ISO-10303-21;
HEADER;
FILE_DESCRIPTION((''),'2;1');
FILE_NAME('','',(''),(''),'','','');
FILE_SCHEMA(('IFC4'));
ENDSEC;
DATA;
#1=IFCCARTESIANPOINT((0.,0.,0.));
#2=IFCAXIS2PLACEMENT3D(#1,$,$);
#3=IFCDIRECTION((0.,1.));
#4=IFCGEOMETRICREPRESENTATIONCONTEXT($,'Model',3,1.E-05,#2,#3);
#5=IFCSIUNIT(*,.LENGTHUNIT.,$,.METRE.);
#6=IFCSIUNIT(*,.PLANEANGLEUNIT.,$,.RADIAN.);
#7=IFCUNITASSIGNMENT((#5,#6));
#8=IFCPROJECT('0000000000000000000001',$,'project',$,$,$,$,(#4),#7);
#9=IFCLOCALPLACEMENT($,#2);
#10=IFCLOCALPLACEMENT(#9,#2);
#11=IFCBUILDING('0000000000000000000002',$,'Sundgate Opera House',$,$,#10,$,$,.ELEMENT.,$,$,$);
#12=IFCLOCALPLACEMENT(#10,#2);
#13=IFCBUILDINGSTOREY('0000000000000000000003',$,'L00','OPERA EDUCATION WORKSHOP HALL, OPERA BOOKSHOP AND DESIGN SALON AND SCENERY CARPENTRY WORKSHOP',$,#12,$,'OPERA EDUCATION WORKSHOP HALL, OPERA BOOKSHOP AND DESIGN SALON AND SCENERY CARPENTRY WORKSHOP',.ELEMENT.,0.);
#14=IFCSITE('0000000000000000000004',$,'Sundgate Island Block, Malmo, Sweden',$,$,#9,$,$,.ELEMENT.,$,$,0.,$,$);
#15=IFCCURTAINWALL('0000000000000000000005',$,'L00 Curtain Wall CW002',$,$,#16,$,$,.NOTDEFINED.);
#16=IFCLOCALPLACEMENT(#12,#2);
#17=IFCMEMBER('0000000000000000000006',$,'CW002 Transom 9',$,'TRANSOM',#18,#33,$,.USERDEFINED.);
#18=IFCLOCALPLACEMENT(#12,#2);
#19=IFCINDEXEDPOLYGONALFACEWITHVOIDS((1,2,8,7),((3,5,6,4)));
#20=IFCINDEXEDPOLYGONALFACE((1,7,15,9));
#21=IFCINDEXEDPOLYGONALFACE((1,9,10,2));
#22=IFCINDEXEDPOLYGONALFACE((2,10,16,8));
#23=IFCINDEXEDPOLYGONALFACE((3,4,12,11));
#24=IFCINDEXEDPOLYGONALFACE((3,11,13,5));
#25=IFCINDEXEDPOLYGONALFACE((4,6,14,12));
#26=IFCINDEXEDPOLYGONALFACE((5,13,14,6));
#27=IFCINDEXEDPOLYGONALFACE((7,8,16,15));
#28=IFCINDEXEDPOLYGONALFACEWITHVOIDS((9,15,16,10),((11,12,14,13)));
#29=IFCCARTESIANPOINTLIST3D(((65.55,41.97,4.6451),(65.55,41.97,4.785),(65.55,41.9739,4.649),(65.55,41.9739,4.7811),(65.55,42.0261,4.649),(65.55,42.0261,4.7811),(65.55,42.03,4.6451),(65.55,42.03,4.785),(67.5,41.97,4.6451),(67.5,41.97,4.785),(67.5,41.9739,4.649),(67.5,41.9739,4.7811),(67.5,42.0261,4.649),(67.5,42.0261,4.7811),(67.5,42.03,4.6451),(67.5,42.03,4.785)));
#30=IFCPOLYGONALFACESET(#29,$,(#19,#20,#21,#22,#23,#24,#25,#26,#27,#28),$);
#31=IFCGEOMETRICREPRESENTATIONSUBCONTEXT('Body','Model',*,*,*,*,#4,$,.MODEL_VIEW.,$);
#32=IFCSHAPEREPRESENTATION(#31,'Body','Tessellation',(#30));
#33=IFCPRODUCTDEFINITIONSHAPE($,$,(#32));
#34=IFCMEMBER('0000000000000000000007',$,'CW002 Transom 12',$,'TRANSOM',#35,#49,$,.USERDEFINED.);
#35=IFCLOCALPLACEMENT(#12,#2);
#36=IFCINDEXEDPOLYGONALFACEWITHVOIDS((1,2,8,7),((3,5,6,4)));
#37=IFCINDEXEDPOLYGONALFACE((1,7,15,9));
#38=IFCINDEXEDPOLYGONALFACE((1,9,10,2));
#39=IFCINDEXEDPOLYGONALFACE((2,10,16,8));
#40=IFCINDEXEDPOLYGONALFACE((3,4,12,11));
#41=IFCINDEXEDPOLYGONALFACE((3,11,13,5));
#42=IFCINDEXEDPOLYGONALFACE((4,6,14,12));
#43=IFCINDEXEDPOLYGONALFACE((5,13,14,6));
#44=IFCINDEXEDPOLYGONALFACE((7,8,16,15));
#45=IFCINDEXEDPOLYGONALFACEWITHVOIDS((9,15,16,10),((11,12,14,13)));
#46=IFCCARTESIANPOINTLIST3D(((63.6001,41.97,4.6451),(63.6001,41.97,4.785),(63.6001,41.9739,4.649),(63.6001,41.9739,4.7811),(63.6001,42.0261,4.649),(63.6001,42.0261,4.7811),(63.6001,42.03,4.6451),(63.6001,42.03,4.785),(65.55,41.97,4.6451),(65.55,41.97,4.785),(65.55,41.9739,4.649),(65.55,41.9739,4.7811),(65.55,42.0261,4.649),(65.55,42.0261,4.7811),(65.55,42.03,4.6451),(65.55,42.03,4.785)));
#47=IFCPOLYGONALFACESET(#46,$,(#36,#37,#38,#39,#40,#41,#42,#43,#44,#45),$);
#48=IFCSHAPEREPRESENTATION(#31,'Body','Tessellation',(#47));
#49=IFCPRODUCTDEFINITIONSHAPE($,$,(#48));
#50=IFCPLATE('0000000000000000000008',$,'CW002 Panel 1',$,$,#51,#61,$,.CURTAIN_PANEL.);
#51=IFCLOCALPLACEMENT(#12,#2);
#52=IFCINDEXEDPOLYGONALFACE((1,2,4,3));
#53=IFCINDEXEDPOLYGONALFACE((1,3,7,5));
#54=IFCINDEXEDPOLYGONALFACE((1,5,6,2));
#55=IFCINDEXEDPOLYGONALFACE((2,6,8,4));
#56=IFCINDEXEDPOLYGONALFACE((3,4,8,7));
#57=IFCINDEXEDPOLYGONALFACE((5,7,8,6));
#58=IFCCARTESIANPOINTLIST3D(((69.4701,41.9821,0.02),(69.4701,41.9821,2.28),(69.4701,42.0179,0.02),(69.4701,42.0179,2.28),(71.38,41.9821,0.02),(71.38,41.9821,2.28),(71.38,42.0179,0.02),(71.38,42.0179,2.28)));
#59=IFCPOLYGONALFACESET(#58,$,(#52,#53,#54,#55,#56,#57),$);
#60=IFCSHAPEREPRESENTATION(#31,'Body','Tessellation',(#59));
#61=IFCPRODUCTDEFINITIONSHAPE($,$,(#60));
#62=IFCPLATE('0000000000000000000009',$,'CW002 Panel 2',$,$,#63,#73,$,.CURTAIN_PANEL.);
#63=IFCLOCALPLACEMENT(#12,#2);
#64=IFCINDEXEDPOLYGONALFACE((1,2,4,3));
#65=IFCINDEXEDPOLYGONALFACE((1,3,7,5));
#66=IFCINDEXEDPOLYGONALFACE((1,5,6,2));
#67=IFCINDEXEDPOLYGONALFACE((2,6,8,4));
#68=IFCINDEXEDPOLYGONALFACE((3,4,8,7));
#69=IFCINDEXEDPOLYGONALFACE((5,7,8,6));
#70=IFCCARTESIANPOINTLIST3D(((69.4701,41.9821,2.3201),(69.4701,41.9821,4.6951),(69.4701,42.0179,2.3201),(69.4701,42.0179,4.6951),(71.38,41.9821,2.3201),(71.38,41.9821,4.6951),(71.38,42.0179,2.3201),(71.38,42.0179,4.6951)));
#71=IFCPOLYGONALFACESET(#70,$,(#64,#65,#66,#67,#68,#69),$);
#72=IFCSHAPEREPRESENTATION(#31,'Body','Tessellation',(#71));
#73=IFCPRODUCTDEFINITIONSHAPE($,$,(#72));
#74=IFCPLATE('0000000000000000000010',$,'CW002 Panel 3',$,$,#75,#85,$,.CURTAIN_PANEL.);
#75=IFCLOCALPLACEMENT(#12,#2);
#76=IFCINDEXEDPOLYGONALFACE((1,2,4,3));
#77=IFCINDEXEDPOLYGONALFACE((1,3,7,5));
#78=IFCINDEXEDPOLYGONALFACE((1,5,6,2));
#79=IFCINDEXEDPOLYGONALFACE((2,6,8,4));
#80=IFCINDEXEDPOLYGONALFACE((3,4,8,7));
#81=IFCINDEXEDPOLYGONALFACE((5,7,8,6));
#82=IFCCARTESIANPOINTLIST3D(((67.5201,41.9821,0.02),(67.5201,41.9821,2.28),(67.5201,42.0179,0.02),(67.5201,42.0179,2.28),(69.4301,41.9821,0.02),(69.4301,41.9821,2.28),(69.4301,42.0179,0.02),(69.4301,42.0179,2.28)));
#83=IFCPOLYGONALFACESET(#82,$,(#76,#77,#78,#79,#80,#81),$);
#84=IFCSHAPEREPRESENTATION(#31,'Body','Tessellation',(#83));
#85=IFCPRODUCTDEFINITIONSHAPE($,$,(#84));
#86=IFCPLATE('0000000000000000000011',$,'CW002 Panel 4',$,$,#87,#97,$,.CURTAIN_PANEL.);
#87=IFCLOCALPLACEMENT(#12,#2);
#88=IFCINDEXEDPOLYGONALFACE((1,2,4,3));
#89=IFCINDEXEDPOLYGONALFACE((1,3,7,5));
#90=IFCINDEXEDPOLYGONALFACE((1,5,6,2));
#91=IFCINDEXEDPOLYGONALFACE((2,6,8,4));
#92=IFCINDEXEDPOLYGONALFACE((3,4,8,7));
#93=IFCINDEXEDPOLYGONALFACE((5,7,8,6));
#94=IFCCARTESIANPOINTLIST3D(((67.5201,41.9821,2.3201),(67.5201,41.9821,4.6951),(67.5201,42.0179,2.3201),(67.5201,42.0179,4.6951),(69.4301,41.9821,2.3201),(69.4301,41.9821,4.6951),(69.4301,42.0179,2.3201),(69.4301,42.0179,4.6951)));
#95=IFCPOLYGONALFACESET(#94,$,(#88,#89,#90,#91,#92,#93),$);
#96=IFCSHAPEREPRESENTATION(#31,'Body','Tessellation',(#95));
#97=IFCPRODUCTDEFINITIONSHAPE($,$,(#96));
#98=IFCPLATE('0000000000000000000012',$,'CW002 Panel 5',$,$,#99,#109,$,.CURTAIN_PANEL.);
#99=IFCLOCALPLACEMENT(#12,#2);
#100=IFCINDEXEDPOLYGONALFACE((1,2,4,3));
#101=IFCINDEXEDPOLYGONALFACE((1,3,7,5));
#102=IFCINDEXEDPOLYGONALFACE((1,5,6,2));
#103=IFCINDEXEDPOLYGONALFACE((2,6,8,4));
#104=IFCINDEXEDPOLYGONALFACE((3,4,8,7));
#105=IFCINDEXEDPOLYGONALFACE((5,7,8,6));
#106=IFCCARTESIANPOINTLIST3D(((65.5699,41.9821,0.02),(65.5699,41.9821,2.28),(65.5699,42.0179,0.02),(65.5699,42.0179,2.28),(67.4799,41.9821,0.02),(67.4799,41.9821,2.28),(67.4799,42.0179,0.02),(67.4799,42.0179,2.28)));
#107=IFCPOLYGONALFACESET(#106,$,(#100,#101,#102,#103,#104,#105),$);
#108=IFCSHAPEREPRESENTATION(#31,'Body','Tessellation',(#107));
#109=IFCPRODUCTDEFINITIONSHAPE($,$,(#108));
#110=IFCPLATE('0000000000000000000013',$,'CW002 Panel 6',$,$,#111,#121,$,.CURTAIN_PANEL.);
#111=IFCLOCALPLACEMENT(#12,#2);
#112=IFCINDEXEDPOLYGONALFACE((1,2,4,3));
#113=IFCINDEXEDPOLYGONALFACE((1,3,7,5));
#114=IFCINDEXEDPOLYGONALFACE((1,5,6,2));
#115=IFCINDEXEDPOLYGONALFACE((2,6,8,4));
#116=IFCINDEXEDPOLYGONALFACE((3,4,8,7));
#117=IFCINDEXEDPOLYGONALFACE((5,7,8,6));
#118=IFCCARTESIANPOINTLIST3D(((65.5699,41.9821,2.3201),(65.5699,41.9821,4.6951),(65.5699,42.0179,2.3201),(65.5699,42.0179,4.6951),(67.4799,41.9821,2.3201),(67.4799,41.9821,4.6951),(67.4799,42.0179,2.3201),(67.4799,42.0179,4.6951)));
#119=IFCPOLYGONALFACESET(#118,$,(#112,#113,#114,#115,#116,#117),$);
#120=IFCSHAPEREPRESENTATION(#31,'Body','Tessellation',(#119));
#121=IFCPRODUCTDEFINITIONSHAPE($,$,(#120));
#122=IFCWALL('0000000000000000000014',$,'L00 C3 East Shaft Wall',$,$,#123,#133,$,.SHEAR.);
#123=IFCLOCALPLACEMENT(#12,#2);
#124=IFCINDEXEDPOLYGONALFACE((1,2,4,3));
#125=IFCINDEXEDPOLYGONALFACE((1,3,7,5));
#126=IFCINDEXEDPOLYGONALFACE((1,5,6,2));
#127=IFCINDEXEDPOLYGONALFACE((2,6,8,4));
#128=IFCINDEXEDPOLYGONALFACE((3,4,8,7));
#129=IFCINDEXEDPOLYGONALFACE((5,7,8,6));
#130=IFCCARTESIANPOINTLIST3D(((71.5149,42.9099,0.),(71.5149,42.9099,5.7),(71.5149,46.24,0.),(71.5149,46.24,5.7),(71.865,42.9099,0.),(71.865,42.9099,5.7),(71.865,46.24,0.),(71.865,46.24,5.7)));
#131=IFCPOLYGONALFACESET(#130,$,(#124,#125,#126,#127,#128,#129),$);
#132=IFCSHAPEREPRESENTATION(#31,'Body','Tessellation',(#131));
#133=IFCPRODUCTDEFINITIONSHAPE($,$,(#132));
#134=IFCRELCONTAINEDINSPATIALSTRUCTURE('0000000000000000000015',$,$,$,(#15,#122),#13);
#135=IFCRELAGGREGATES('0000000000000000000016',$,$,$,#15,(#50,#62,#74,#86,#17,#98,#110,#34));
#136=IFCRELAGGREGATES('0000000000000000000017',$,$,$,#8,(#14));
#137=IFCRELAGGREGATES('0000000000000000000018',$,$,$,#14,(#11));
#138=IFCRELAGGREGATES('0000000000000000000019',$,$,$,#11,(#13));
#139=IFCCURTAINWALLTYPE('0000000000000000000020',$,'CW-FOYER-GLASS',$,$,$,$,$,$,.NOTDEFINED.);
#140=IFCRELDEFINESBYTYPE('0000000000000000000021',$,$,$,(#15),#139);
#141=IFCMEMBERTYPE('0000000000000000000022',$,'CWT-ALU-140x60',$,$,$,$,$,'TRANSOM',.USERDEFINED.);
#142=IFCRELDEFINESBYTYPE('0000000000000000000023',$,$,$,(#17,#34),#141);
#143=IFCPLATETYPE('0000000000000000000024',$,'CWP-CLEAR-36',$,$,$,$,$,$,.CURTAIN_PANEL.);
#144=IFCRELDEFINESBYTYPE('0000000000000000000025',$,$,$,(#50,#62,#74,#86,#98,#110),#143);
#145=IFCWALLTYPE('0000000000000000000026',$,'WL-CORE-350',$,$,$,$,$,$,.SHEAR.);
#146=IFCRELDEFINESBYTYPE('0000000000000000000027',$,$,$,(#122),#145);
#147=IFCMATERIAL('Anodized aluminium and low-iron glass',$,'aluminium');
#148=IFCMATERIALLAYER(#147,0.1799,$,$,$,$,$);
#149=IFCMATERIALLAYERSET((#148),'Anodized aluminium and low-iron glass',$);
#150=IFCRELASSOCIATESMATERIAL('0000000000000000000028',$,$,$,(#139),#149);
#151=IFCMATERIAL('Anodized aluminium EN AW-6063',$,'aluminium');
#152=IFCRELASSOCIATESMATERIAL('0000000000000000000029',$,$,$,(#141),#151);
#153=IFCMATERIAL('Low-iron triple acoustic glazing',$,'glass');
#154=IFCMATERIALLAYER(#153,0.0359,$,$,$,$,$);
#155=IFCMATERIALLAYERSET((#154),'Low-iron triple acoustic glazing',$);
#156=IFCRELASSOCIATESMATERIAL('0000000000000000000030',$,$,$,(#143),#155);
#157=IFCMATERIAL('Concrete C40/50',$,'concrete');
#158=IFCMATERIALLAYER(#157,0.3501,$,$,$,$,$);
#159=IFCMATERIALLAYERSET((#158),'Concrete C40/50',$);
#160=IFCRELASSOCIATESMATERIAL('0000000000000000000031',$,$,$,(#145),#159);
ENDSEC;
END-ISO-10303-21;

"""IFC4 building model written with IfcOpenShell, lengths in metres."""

from ifc_helpers import new_model, si_unit, direction, frame, frame_2d, origin, origin_2d, place, context, subcontext, project, spatial, rectangle, hollow_rectangle, extrude, material, layer, layer_set, material_profile, profile_set, type_object, element, aggregate, save


model = new_model("IFC4")

# Units and contexts
model_context = context("Model", 3, precision=1e-05, world=origin(), true_north=direction((0.0, 1.0)))
body_context = subcontext(model_context, "Body", "Model", "MODEL_VIEW")
ifc_project = project(units=[si_unit("LENGTHUNIT", "METRE"), si_unit("PLANEANGLEUNIT", "RADIAN")], contexts=[model_context])

# Site, building, storey
site_placement = place(None, origin())
site = spatial("IfcSite", under=ifc_project, at=site_placement, Name="Sundgate Island Block, Malmo, Sweden", CompositionType="ELEMENT", RefElevation=0.0)
building_placement = place(site_placement, origin())
building = spatial("IfcBuilding", under=site, at=building_placement, Name="Sundgate Opera House", CompositionType="ELEMENT")
storey_placement = place(building_placement, origin())
storey = spatial("IfcBuildingStorey", under=building, at=storey_placement, Name="L00", Description="OPERA EDUCATION WORKSHOP HALL, OPERA BOOKSHOP AND DESIGN SALON AND SCENERY CARPENTRY WORKSHOP", LongName="OPERA EDUCATION WORKSHOP HALL, OPERA BOOKSHOP AND DESIGN SALON AND SCENERY CARPENTRY WORKSHOP", CompositionType="ELEMENT", Elevation=0.0)

# Curtain wall, members, plates
ifc_material_1 = material(Name="Anodized aluminium and low-iron glass", Category="aluminium")
ifc_layer_1 = layer(ifc_material_1, 0.1799)
ifc_layer_set_1 = layer_set([ifc_layer_1], Name="Anodized aluminium and low-iron glass")
curtain_wall_type = type_object("IfcCurtainWallType", Name="CW-FOYER-GLASS", PredefinedType="NOTDEFINED", material=ifc_layer_set_1)
curtain_wall_placement = place(storey_placement, origin())
curtain_wall = element("IfcCurtainWall", 1, at=curtain_wall_placement, inside=storey, type_object=curtain_wall_type, Name="L00 Curtain Wall CW002", PredefinedType="NOTDEFINED")
ifc_material_2 = material(Name="Anodized aluminium EN AW-6063", Category="aluminium")
ifc_material_profile_1 = material_profile(ifc_material_2, hollow_rectangle(XDim=0.0601, YDim=0.1399, WallThickness=0.0039, at=origin_2d()), Name="CWT 140x60x4")
ifc_profile_set_1 = profile_set([ifc_material_profile_1], Name="Anodized aluminium EN AW-6063")
member_type_1 = type_object("IfcMemberType", Name="CWT-ALU-140x60", ElementType="TRANSOM", PredefinedType="USERDEFINED", material=ifc_profile_set_1)
member_1_placement = place(storey_placement, frame((67.5, 42.0, 4.7151), z_axis=(-1.0, 0.0, 0.0), x_axis=(0.0, -1.0, 0.0)))
member_1 = element("IfcMember", 2, at=member_1_placement, type_object=member_type_1, Name="CW002 Transom 9", ObjectType="TRANSOM", PredefinedType="USERDEFINED", context=body_context, shape_type="SweptSolid", body=[
    extrude(hollow_rectangle(XDim=0.0601, YDim=0.1399, WallThickness=0.0039, at=origin_2d()), origin(), (0.0, 0.0, 1.0), 1.95),
])
member_2_placement = place(storey_placement, frame((65.55, 42.0, 4.7151), z_axis=(-1.0, 0.0, 0.0), x_axis=(0.0, -1.0, 0.0)))
member_2 = element("IfcMember", 3, at=member_2_placement, type_object=member_type_1, Name="CW002 Transom 12", ObjectType="TRANSOM", PredefinedType="USERDEFINED", context=body_context, shape_type="SweptSolid", body=[
    extrude(hollow_rectangle(XDim=0.0601, YDim=0.1399, WallThickness=0.0039, at=origin_2d()), origin(), (0.0, 0.0, 1.0), 1.95),
])
ifc_material_3 = material(Name="Low-iron triple acoustic glazing", Category="glass")
ifc_layer_2 = layer(ifc_material_3, 0.0359)
ifc_layer_set_2 = layer_set([ifc_layer_2], Name="Low-iron triple acoustic glazing")
plate_type = type_object("IfcPlateType", Name="CWP-CLEAR-36", PredefinedType="CURTAIN_PANEL", material=ifc_layer_set_2)
plate_1_placement = place(storey_placement, frame((70.425, 42.0, 0.02), z_axis=(0.0, 0.0, 1.0), x_axis=(-1.0, 0.0, 0.0)))
plate_1 = element("IfcPlate", 4, at=plate_1_placement, type_object=plate_type, Name="CW002 Panel 1", PredefinedType="CURTAIN_PANEL", context=body_context, shape_type="SweptSolid", body=[
    extrude(rectangle(XDim=1.9099, YDim=0.0359, at=origin_2d()), origin(), (0.0, 0.0, 1.0), 2.26),
])
plate_2_placement = place(storey_placement, frame((70.425, 42.0, 2.3201), z_axis=(0.0, 0.0, 1.0), x_axis=(-1.0, 0.0, 0.0)))
plate_2 = element("IfcPlate", 5, at=plate_2_placement, type_object=plate_type, Name="CW002 Panel 2", PredefinedType="CURTAIN_PANEL", context=body_context, shape_type="SweptSolid", body=[
    extrude(rectangle(XDim=1.9099, YDim=0.0359, at=origin_2d()), origin(), (0.0, 0.0, 1.0), 2.375),
])
plate_3_placement = place(storey_placement, frame((68.4751, 42.0, 0.02), z_axis=(0.0, 0.0, 1.0), x_axis=(-1.0, 0.0, 0.0)))
plate_3 = element("IfcPlate", 6, at=plate_3_placement, type_object=plate_type, Name="CW002 Panel 3", PredefinedType="CURTAIN_PANEL", context=body_context, shape_type="SweptSolid", body=[
    extrude(rectangle(XDim=1.9099, YDim=0.0359, at=origin_2d()), origin(), (0.0, 0.0, 1.0), 2.26),
])
plate_4_placement = place(storey_placement, frame((68.4751, 42.0, 2.3201), z_axis=(0.0, 0.0, 1.0), x_axis=(-1.0, 0.0, 0.0)))
plate_4 = element("IfcPlate", 7, at=plate_4_placement, type_object=plate_type, Name="CW002 Panel 4", PredefinedType="CURTAIN_PANEL", context=body_context, shape_type="SweptSolid", body=[
    extrude(rectangle(XDim=1.9099, YDim=0.0359, at=origin_2d()), origin(), (0.0, 0.0, 1.0), 2.375),
])
plate_5_placement = place(storey_placement, frame((66.5249, 42.0, 0.02), z_axis=(0.0, 0.0, 1.0), x_axis=(-1.0, 0.0, 0.0)))
plate_5 = element("IfcPlate", 8, at=plate_5_placement, type_object=plate_type, Name="CW002 Panel 5", PredefinedType="CURTAIN_PANEL", context=body_context, shape_type="SweptSolid", body=[
    extrude(rectangle(XDim=1.9099, YDim=0.0359, at=origin_2d()), origin(), (0.0, 0.0, 1.0), 2.26),
])
plate_6_placement = place(storey_placement, frame((66.5249, 42.0, 2.3201), z_axis=(0.0, 0.0, 1.0), x_axis=(-1.0, 0.0, 0.0)))
plate_6 = element("IfcPlate", 9, at=plate_6_placement, type_object=plate_type, Name="CW002 Panel 6", PredefinedType="CURTAIN_PANEL", context=body_context, shape_type="SweptSolid", body=[
    extrude(rectangle(XDim=1.9099, YDim=0.0359, at=origin_2d()), origin(), (0.0, 0.0, 1.0), 2.375),
])
aggregate(curtain_wall, [plate_1, plate_2, plate_3, plate_4, member_1, plate_5, plate_6, member_2])

# Wall
ifc_material_4 = material(Name="Concrete C40/50", Category="concrete")
ifc_layer_3 = layer(ifc_material_4, 0.3501)
ifc_layer_set_3 = layer_set([ifc_layer_3], Name="Concrete C40/50")
wall_type = type_object("IfcWallType", Name="WL-CORE-350", PredefinedType="SHEAR", material=ifc_layer_set_3)
wall_placement = place(storey_placement, frame((71.6899, 42.9099, 0.0), z_axis=(0.0, 0.0, 1.0), x_axis=(0.0, 1.0, 0.0)))
element("IfcWall", 10, at=wall_placement, inside=storey, type_object=wall_type, Name="L00 C3 East Shaft Wall", PredefinedType="SHEAR", context=body_context, shape_type="SweptSolid", body=[
    extrude(rectangle(XDim=3.3301, YDim=0.3501, at=frame_2d((1.665, 0.0))), origin(), (0.0, 0.0, 1.0), 5.7),
])

save(model, "model.ifc")
